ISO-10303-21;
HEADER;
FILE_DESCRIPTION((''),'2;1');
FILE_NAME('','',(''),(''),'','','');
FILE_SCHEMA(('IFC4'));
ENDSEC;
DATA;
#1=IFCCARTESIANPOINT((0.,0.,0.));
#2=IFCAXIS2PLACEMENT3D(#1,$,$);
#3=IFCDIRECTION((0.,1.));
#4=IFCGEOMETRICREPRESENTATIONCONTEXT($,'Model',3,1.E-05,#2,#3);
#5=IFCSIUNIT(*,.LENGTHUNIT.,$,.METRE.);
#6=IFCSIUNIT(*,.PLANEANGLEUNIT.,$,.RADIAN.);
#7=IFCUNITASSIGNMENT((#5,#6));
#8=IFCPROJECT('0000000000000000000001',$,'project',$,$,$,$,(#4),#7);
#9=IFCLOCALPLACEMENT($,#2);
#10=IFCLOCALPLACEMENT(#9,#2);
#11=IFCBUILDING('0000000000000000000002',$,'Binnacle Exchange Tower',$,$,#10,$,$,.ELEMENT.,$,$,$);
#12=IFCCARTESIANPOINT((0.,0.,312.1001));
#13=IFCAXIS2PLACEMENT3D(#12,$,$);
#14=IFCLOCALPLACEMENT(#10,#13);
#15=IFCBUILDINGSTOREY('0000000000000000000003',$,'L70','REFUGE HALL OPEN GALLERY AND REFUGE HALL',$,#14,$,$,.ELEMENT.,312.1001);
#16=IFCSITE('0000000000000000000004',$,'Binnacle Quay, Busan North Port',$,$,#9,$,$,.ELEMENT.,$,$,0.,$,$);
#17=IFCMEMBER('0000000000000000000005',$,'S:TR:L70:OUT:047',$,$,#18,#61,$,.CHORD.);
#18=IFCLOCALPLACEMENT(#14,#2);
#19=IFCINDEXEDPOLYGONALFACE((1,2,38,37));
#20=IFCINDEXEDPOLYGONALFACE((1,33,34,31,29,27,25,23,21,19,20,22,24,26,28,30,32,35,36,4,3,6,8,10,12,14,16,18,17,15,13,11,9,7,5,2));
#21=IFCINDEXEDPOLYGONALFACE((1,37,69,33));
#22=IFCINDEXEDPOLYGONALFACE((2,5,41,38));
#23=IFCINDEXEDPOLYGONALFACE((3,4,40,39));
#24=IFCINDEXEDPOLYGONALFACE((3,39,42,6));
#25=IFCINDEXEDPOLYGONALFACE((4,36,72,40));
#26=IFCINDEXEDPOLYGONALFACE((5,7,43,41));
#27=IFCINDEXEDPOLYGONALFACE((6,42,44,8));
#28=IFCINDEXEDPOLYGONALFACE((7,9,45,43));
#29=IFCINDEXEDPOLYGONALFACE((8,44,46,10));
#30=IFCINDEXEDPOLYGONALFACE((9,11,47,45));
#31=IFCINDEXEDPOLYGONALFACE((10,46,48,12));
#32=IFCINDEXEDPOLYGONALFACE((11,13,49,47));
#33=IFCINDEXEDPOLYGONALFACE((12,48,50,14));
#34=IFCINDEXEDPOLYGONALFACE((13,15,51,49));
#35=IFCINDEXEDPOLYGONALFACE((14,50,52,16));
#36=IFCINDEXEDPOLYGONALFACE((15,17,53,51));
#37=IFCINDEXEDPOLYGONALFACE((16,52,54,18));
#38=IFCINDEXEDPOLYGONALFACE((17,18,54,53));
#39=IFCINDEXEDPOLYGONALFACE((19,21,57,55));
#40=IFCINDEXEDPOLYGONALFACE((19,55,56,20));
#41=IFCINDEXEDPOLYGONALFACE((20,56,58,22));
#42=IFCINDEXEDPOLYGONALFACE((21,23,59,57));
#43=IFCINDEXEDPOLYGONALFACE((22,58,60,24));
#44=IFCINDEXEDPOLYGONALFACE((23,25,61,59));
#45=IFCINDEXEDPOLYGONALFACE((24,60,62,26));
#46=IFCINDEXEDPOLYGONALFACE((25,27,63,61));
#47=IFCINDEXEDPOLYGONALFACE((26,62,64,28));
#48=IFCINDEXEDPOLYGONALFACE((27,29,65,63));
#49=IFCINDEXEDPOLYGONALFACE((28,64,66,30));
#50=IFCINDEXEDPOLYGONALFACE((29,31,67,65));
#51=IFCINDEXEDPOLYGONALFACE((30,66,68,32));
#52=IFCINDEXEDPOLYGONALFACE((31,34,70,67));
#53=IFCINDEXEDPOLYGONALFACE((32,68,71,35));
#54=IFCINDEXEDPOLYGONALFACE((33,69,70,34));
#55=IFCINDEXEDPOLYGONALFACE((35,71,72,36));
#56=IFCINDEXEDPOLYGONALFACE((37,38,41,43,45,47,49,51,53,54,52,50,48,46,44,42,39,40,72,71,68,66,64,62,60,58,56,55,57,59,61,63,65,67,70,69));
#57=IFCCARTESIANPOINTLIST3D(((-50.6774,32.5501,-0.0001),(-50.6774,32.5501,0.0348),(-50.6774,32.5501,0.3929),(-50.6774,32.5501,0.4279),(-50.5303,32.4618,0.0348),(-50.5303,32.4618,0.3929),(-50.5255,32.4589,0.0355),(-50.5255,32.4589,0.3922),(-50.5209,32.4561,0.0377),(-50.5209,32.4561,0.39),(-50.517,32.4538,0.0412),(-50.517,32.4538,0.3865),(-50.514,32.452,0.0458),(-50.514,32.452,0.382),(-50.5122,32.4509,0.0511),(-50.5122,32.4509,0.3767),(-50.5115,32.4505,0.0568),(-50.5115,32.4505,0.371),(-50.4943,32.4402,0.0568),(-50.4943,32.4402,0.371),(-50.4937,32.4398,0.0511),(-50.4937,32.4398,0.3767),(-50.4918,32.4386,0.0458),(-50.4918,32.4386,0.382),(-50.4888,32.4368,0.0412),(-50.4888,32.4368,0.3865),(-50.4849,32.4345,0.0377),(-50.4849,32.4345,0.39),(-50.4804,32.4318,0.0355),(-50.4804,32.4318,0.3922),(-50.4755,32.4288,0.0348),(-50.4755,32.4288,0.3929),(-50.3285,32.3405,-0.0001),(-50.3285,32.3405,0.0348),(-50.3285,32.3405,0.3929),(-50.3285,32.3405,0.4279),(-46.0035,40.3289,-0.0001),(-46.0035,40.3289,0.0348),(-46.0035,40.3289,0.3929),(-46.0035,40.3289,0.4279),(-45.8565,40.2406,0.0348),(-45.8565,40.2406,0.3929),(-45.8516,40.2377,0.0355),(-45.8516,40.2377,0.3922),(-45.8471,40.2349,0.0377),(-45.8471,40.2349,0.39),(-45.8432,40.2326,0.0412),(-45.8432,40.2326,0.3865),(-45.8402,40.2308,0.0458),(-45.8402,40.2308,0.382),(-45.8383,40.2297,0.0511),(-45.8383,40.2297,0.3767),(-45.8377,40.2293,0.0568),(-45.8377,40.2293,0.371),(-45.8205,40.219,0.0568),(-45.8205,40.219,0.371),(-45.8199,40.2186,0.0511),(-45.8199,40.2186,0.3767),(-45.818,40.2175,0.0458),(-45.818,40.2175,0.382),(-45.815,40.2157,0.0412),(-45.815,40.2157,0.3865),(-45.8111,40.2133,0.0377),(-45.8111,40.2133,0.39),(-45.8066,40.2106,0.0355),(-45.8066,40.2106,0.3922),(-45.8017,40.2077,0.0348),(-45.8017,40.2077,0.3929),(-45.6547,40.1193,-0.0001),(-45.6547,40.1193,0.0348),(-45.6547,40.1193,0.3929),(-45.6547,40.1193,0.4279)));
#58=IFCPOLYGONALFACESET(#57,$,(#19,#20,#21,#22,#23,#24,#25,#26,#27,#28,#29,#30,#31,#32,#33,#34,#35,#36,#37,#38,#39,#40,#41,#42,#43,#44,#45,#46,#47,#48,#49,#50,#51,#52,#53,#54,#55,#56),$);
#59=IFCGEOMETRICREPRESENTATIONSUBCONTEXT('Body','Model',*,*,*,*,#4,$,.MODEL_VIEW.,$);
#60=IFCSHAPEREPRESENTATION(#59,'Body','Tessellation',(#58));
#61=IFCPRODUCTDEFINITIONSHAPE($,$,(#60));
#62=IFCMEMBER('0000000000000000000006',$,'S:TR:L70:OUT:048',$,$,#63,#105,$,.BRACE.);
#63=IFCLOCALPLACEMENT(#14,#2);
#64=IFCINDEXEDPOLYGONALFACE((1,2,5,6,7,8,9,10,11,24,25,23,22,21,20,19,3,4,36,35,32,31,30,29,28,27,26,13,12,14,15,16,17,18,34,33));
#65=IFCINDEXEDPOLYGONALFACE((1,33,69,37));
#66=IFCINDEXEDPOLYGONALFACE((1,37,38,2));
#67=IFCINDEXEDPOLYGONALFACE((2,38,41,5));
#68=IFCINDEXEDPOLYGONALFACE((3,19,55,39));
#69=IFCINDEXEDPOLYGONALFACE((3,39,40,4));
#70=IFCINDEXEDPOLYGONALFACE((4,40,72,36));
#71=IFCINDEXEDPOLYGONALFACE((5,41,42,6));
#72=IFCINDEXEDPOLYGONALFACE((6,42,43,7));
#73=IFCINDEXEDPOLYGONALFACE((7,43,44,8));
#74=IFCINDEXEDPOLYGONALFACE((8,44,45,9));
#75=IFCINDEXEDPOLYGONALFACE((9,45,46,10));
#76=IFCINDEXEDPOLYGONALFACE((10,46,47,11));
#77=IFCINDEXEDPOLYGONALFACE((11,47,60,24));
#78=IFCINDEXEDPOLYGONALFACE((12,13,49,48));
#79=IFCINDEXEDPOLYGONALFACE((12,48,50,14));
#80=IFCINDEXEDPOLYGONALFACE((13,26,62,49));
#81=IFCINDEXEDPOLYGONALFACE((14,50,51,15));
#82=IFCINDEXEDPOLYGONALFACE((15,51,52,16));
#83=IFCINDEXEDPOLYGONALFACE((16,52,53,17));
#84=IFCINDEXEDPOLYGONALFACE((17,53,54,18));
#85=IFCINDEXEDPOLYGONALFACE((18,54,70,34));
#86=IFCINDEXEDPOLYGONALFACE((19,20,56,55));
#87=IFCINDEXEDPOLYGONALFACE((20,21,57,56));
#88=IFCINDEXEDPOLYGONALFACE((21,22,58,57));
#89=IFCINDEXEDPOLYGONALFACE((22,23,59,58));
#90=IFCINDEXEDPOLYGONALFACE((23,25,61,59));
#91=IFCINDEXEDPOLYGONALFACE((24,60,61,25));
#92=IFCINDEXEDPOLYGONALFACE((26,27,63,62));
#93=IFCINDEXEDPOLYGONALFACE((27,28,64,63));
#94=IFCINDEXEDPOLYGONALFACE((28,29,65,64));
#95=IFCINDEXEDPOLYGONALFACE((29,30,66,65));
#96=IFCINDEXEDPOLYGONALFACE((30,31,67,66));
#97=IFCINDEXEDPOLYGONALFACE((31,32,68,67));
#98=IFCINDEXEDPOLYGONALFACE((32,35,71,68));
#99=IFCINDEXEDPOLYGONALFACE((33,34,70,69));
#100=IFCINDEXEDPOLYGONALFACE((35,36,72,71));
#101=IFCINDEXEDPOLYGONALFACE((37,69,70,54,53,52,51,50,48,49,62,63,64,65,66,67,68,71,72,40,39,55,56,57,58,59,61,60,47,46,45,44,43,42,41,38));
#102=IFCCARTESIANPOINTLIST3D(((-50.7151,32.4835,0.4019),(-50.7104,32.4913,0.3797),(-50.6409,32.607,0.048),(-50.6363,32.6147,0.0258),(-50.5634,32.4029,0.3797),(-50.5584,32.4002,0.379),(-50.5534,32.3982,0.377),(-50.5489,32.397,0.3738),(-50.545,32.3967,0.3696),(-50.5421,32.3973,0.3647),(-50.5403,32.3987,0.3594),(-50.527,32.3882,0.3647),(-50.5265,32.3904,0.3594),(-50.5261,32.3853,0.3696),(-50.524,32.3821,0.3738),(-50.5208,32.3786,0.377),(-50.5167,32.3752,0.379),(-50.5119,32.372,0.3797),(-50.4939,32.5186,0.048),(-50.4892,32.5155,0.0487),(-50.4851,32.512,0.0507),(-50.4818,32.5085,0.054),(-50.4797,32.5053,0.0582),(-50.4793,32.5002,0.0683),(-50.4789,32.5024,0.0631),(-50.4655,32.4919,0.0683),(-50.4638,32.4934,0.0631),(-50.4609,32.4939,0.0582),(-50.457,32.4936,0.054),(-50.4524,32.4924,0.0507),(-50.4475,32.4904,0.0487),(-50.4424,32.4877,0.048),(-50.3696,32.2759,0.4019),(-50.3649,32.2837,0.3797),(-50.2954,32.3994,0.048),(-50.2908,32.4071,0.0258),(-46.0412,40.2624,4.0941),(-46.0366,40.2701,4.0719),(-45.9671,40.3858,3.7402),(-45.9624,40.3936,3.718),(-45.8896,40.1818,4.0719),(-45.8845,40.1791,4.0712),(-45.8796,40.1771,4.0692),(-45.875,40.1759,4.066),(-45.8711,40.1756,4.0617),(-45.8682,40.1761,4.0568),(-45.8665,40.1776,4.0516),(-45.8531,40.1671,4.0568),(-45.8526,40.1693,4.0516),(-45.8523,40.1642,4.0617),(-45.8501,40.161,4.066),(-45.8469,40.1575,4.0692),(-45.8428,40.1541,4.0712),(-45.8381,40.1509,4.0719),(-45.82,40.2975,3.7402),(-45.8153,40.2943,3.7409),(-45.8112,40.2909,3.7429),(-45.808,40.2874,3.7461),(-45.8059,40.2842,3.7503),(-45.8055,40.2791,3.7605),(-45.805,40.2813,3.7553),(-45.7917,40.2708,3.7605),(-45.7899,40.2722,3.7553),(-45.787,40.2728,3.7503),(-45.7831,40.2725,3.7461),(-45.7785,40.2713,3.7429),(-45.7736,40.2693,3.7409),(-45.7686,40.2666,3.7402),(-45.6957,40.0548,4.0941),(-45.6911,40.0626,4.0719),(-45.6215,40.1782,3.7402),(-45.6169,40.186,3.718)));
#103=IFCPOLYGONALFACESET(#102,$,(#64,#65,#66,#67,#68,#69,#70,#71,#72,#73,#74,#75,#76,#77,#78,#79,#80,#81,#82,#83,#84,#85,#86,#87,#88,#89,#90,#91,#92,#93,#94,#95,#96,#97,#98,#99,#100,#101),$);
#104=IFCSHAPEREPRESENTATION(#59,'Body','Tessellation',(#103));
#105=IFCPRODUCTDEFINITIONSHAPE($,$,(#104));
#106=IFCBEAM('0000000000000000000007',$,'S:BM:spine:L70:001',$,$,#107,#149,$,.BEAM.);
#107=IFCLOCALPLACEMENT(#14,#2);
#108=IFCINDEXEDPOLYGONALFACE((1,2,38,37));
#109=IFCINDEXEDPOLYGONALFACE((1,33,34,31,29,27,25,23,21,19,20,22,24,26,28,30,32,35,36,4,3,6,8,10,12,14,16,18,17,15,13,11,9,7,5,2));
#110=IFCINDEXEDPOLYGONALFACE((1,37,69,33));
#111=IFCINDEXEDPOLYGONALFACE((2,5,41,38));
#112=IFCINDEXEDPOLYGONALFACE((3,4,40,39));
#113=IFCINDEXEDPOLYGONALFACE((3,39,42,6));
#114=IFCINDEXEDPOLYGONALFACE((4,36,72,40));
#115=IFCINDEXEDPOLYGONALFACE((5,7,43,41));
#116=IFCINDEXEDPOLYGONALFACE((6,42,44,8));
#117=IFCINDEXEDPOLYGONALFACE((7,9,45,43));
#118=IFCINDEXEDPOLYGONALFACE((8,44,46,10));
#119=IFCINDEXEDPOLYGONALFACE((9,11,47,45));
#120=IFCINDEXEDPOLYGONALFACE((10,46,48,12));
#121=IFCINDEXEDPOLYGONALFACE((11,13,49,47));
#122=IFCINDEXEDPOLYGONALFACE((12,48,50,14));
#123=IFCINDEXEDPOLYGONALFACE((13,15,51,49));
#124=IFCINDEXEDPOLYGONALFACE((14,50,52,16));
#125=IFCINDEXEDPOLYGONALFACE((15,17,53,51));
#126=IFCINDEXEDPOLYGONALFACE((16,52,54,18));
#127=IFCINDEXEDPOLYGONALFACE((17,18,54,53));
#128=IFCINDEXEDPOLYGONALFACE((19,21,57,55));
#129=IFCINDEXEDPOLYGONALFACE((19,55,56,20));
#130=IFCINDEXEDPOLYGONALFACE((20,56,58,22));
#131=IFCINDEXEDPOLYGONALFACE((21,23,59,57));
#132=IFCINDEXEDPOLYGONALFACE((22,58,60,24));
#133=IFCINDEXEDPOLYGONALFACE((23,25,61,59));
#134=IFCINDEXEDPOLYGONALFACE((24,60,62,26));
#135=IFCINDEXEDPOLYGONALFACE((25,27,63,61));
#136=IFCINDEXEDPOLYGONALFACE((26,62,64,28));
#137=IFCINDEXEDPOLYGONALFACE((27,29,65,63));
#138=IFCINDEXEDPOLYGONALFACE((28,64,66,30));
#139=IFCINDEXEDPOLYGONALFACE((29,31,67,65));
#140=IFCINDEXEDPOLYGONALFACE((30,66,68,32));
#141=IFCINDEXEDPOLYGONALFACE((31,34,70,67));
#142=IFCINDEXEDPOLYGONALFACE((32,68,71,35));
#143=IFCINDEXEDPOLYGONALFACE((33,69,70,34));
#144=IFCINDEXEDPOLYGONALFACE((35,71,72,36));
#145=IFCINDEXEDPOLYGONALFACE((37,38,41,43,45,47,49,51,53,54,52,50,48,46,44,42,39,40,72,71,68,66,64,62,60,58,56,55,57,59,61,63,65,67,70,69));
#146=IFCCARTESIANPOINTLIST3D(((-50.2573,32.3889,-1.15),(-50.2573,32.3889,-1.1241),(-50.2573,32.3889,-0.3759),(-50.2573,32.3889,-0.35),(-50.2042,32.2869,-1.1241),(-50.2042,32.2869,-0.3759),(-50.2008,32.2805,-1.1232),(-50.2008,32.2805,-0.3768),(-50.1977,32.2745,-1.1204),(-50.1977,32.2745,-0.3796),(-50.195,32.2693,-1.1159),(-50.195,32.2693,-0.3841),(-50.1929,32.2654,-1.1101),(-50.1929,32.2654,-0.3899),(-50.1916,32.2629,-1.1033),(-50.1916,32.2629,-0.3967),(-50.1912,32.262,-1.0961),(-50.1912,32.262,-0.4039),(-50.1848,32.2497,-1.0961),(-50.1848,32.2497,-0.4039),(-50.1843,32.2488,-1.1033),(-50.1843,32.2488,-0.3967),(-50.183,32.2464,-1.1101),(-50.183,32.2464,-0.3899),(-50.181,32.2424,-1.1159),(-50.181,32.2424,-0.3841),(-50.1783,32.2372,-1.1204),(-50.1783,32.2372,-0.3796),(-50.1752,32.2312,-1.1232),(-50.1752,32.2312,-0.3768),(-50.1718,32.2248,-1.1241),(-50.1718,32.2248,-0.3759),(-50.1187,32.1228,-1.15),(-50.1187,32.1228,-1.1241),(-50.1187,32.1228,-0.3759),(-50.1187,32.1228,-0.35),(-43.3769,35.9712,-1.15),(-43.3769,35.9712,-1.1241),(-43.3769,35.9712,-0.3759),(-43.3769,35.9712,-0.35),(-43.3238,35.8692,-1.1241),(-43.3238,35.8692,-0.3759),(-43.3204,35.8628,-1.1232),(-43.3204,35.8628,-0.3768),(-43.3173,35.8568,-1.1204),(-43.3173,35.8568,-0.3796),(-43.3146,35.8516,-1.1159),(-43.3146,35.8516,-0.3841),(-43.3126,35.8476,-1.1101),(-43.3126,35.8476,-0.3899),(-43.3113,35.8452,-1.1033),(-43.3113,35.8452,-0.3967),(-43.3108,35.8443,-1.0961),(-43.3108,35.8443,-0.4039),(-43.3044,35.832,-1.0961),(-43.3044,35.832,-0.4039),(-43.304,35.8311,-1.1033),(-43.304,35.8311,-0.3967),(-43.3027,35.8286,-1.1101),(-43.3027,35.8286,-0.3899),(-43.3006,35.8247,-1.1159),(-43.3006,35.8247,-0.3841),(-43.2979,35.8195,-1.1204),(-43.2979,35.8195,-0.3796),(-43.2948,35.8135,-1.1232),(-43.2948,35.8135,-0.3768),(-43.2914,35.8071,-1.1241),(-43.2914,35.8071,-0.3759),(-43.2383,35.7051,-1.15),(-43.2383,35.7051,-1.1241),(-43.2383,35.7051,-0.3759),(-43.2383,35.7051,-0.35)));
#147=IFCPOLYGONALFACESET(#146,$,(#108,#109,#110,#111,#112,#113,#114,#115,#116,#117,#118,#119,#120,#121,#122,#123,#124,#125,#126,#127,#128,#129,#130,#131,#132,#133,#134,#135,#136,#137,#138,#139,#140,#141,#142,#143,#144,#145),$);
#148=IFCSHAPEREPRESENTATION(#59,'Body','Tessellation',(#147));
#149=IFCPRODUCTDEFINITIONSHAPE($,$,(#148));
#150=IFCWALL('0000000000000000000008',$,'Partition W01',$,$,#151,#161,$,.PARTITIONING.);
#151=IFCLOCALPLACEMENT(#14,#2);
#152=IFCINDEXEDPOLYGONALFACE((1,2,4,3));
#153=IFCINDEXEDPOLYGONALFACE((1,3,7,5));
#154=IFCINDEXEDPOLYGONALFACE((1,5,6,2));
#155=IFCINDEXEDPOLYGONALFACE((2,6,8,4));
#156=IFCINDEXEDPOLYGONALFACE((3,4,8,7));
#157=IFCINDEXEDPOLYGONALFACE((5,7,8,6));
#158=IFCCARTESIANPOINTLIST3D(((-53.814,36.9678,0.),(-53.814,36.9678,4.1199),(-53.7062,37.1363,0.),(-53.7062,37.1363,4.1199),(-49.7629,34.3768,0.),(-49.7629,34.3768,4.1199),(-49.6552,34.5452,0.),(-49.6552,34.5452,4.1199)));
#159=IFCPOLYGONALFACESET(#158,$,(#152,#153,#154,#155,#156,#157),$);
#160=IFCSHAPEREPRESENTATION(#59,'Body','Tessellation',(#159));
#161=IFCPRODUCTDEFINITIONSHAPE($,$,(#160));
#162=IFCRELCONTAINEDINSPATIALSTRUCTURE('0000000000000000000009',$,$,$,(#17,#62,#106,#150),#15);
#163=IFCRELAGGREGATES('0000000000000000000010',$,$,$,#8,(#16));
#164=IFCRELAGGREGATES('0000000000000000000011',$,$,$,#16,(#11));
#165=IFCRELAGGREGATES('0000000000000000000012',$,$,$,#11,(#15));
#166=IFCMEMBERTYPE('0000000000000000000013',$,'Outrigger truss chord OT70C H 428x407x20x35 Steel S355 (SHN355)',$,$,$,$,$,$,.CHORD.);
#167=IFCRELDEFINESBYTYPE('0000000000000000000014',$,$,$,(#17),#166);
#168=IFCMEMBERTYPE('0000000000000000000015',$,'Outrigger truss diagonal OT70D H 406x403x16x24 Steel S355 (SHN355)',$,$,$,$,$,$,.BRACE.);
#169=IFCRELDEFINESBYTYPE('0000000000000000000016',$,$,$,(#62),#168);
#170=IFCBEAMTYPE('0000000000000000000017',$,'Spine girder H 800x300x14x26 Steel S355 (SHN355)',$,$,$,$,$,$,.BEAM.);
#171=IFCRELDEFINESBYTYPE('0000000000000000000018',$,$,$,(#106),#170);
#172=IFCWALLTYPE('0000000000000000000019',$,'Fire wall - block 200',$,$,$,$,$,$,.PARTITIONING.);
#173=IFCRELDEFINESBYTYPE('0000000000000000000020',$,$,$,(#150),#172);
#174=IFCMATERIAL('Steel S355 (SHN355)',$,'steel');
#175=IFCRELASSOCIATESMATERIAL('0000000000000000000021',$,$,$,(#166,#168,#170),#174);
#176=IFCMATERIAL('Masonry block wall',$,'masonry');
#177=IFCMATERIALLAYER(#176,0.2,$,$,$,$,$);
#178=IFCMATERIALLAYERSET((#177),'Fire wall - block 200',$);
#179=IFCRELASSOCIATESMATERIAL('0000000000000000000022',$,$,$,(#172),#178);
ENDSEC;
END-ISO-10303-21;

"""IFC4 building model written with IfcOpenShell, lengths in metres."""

from ifc_helpers import new_model, si_unit, direction, frame, frame_2d, origin, origin_2d, place, context, subcontext, project, spatial, rectangle, i_section, extrude, material, layer, layer_set, material_profile, profile_set, type_object, element, save


model = new_model("IFC4")

# Units and contexts
model_context = context("Model", 3, precision=1e-05, world=origin(), true_north=direction((0.0, 1.0)))
body_context = subcontext(model_context, "Body", "Model", "MODEL_VIEW")
ifc_project = project(units=[si_unit("LENGTHUNIT", "METRE"), si_unit("PLANEANGLEUNIT", "RADIAN")], contexts=[model_context])

# Site, building, storey
site_placement = place(None, origin())
site = spatial("IfcSite", under=ifc_project, at=site_placement, Name="Binnacle Quay, Busan North Port", CompositionType="ELEMENT", RefElevation=0.0)
building_placement = place(site_placement, origin())
building = spatial("IfcBuilding", under=site, at=building_placement, Name="Binnacle Exchange Tower", CompositionType="ELEMENT")
storey_placement = place(building_placement, frame((0.0, 0.0, 312.1001)))
storey = spatial("IfcBuildingStorey", under=building, at=storey_placement, Name="L70", Description="REFUGE HALL OPEN GALLERY AND REFUGE HALL", CompositionType="ELEMENT", Elevation=312.1001)

# Shared definitions
ifc_material_1 = material(Name="Steel S355 (SHN355)", Category="steel")

# Members
ifc_material_profile_1 = material_profile(ifc_material_1, i_section(OverallWidth=0.407, OverallDepth=0.428, WebThickness=0.02, FlangeThickness=0.0349, FilletRadius=0.022, at=origin_2d()), Name="H 428x407x20x35")
ifc_profile_set_1 = profile_set([ifc_material_profile_1], Name="Steel S355 (SHN355)")
member_type_1 = type_object("IfcMemberType", Name="Outrigger truss chord OT70C H 428x407x20x35 Steel S355 (SHN355)", PredefinedType="CHORD", material=ifc_profile_set_1)
for number, where, z_axis, x_axis, name in (
    (1, (-50.5029, 32.4453, 0.2139), (0.515026, 0.857175, 0.0), (-0.857175, 0.515026, 0.0), "S:TR:L70:OUT:047"),
):
    element("IfcMember", number, at=place(storey_placement, frame(where, z_axis=z_axis, x_axis=x_axis)), inside=storey, type_object=member_type_1, Name=name, PredefinedType="CHORD", context=body_context, shape_type="SweptSolid", body=[
        extrude(i_section(OverallWidth=0.407, OverallDepth=0.428, WebThickness=0.02, FlangeThickness=0.0349, FilletRadius=0.022, at=origin_2d()), origin(), (0.0, 0.0, 1.0), 9.075),
    ])
ifc_material_profile_2 = material_profile(ifc_material_1, i_section(OverallWidth=0.4031, OverallDepth=0.406, WebThickness=0.0161, FlangeThickness=0.0239, FilletRadius=0.022, at=origin_2d()), Name="H 406x403x16x24")
ifc_profile_set_2 = profile_set([ifc_material_profile_2], Name="Steel S355 (SHN355)")
member_type_2 = type_object("IfcMemberType", Name="Outrigger truss diagonal OT70D H 406x403x16x24 Steel S355 (SHN355)", PredefinedType="BRACE", material=ifc_profile_set_2)
member_1_placement = place(storey_placement, frame((-50.5029, 32.4453, 0.2139), z_axis=(0.477054, 0.793977, 0.376854), x_axis=(-0.857175, 0.515026, 0.0)))
element("IfcMember", 2, at=member_1_placement, inside=storey, type_object=member_type_2, Name="S:TR:L70:OUT:048", PredefinedType="BRACE", context=body_context, shape_type="SweptSolid", body=[
    extrude(i_section(OverallWidth=0.4031, OverallDepth=0.406, WebThickness=0.0161, FlangeThickness=0.0239, FilletRadius=0.022, at=origin_2d()), origin(), (0.0, 0.0, 1.0), 9.7974),
])

# Beam
ifc_material_profile_3 = material_profile(ifc_material_1, i_section(OverallWidth=0.3, OverallDepth=0.8, WebThickness=0.0139, FlangeThickness=0.0259, FilletRadius=0.0281, at=origin_2d()), Name="H 800x300x14x26")
ifc_profile_set_3 = profile_set([ifc_material_profile_3], Name="Steel S355 (SHN355)")
beam_type_1 = type_object("IfcBeamType", Name="Spine girder H 800x300x14x26 Steel S355 (SHN355)", PredefinedType="BEAM", material=ifc_profile_set_3)
beam_1_placement = place(storey_placement, frame((-50.188, 32.2559, -0.75), z_axis=(0.88698, 0.461808, 0.0), x_axis=(-0.461808, 0.88698, 0.0)))
element("IfcBeam", 3, at=beam_1_placement, inside=storey, type_object=beam_type_1, Name="S:BM:spine:L70:001", PredefinedType="BEAM", context=body_context, shape_type="SweptSolid", body=[
    extrude(i_section(OverallWidth=0.3, OverallDepth=0.8, WebThickness=0.0139, FlangeThickness=0.0259, FilletRadius=0.0281, at=origin_2d()), origin(), (0.0, 0.0, 1.0), 7.7571),
])

# Wall
ifc_material_2 = material(Name="Masonry block wall", Category="masonry")
ifc_layer_1 = layer(ifc_material_2, 0.2)
ifc_layer_set_1 = layer_set([ifc_layer_1], Name="Fire wall - block 200")
wall_type_1 = type_object("IfcWallType", Name="Fire wall - block 200", PredefinedType="PARTITIONING", material=ifc_layer_set_1)
wall_1_placement = place(storey_placement, frame((-53.76, 37.052, 0.0), z_axis=(0.0, 0.0, 1.0), x_axis=(0.842422, -0.538819, 0.0)))
element("IfcWall", 4, at=wall_1_placement, inside=storey, type_object=wall_type_1, Name="Partition W01", PredefinedType="PARTITIONING", context=body_context, shape_type="SweptSolid", body=[
    extrude(rectangle(XDim=4.8088, YDim=0.2, at=frame_2d((2.4043, 0.0))), origin(), (0.0, 0.0, 1.0), 4.1199),
])

save(model, "model.ifc")
